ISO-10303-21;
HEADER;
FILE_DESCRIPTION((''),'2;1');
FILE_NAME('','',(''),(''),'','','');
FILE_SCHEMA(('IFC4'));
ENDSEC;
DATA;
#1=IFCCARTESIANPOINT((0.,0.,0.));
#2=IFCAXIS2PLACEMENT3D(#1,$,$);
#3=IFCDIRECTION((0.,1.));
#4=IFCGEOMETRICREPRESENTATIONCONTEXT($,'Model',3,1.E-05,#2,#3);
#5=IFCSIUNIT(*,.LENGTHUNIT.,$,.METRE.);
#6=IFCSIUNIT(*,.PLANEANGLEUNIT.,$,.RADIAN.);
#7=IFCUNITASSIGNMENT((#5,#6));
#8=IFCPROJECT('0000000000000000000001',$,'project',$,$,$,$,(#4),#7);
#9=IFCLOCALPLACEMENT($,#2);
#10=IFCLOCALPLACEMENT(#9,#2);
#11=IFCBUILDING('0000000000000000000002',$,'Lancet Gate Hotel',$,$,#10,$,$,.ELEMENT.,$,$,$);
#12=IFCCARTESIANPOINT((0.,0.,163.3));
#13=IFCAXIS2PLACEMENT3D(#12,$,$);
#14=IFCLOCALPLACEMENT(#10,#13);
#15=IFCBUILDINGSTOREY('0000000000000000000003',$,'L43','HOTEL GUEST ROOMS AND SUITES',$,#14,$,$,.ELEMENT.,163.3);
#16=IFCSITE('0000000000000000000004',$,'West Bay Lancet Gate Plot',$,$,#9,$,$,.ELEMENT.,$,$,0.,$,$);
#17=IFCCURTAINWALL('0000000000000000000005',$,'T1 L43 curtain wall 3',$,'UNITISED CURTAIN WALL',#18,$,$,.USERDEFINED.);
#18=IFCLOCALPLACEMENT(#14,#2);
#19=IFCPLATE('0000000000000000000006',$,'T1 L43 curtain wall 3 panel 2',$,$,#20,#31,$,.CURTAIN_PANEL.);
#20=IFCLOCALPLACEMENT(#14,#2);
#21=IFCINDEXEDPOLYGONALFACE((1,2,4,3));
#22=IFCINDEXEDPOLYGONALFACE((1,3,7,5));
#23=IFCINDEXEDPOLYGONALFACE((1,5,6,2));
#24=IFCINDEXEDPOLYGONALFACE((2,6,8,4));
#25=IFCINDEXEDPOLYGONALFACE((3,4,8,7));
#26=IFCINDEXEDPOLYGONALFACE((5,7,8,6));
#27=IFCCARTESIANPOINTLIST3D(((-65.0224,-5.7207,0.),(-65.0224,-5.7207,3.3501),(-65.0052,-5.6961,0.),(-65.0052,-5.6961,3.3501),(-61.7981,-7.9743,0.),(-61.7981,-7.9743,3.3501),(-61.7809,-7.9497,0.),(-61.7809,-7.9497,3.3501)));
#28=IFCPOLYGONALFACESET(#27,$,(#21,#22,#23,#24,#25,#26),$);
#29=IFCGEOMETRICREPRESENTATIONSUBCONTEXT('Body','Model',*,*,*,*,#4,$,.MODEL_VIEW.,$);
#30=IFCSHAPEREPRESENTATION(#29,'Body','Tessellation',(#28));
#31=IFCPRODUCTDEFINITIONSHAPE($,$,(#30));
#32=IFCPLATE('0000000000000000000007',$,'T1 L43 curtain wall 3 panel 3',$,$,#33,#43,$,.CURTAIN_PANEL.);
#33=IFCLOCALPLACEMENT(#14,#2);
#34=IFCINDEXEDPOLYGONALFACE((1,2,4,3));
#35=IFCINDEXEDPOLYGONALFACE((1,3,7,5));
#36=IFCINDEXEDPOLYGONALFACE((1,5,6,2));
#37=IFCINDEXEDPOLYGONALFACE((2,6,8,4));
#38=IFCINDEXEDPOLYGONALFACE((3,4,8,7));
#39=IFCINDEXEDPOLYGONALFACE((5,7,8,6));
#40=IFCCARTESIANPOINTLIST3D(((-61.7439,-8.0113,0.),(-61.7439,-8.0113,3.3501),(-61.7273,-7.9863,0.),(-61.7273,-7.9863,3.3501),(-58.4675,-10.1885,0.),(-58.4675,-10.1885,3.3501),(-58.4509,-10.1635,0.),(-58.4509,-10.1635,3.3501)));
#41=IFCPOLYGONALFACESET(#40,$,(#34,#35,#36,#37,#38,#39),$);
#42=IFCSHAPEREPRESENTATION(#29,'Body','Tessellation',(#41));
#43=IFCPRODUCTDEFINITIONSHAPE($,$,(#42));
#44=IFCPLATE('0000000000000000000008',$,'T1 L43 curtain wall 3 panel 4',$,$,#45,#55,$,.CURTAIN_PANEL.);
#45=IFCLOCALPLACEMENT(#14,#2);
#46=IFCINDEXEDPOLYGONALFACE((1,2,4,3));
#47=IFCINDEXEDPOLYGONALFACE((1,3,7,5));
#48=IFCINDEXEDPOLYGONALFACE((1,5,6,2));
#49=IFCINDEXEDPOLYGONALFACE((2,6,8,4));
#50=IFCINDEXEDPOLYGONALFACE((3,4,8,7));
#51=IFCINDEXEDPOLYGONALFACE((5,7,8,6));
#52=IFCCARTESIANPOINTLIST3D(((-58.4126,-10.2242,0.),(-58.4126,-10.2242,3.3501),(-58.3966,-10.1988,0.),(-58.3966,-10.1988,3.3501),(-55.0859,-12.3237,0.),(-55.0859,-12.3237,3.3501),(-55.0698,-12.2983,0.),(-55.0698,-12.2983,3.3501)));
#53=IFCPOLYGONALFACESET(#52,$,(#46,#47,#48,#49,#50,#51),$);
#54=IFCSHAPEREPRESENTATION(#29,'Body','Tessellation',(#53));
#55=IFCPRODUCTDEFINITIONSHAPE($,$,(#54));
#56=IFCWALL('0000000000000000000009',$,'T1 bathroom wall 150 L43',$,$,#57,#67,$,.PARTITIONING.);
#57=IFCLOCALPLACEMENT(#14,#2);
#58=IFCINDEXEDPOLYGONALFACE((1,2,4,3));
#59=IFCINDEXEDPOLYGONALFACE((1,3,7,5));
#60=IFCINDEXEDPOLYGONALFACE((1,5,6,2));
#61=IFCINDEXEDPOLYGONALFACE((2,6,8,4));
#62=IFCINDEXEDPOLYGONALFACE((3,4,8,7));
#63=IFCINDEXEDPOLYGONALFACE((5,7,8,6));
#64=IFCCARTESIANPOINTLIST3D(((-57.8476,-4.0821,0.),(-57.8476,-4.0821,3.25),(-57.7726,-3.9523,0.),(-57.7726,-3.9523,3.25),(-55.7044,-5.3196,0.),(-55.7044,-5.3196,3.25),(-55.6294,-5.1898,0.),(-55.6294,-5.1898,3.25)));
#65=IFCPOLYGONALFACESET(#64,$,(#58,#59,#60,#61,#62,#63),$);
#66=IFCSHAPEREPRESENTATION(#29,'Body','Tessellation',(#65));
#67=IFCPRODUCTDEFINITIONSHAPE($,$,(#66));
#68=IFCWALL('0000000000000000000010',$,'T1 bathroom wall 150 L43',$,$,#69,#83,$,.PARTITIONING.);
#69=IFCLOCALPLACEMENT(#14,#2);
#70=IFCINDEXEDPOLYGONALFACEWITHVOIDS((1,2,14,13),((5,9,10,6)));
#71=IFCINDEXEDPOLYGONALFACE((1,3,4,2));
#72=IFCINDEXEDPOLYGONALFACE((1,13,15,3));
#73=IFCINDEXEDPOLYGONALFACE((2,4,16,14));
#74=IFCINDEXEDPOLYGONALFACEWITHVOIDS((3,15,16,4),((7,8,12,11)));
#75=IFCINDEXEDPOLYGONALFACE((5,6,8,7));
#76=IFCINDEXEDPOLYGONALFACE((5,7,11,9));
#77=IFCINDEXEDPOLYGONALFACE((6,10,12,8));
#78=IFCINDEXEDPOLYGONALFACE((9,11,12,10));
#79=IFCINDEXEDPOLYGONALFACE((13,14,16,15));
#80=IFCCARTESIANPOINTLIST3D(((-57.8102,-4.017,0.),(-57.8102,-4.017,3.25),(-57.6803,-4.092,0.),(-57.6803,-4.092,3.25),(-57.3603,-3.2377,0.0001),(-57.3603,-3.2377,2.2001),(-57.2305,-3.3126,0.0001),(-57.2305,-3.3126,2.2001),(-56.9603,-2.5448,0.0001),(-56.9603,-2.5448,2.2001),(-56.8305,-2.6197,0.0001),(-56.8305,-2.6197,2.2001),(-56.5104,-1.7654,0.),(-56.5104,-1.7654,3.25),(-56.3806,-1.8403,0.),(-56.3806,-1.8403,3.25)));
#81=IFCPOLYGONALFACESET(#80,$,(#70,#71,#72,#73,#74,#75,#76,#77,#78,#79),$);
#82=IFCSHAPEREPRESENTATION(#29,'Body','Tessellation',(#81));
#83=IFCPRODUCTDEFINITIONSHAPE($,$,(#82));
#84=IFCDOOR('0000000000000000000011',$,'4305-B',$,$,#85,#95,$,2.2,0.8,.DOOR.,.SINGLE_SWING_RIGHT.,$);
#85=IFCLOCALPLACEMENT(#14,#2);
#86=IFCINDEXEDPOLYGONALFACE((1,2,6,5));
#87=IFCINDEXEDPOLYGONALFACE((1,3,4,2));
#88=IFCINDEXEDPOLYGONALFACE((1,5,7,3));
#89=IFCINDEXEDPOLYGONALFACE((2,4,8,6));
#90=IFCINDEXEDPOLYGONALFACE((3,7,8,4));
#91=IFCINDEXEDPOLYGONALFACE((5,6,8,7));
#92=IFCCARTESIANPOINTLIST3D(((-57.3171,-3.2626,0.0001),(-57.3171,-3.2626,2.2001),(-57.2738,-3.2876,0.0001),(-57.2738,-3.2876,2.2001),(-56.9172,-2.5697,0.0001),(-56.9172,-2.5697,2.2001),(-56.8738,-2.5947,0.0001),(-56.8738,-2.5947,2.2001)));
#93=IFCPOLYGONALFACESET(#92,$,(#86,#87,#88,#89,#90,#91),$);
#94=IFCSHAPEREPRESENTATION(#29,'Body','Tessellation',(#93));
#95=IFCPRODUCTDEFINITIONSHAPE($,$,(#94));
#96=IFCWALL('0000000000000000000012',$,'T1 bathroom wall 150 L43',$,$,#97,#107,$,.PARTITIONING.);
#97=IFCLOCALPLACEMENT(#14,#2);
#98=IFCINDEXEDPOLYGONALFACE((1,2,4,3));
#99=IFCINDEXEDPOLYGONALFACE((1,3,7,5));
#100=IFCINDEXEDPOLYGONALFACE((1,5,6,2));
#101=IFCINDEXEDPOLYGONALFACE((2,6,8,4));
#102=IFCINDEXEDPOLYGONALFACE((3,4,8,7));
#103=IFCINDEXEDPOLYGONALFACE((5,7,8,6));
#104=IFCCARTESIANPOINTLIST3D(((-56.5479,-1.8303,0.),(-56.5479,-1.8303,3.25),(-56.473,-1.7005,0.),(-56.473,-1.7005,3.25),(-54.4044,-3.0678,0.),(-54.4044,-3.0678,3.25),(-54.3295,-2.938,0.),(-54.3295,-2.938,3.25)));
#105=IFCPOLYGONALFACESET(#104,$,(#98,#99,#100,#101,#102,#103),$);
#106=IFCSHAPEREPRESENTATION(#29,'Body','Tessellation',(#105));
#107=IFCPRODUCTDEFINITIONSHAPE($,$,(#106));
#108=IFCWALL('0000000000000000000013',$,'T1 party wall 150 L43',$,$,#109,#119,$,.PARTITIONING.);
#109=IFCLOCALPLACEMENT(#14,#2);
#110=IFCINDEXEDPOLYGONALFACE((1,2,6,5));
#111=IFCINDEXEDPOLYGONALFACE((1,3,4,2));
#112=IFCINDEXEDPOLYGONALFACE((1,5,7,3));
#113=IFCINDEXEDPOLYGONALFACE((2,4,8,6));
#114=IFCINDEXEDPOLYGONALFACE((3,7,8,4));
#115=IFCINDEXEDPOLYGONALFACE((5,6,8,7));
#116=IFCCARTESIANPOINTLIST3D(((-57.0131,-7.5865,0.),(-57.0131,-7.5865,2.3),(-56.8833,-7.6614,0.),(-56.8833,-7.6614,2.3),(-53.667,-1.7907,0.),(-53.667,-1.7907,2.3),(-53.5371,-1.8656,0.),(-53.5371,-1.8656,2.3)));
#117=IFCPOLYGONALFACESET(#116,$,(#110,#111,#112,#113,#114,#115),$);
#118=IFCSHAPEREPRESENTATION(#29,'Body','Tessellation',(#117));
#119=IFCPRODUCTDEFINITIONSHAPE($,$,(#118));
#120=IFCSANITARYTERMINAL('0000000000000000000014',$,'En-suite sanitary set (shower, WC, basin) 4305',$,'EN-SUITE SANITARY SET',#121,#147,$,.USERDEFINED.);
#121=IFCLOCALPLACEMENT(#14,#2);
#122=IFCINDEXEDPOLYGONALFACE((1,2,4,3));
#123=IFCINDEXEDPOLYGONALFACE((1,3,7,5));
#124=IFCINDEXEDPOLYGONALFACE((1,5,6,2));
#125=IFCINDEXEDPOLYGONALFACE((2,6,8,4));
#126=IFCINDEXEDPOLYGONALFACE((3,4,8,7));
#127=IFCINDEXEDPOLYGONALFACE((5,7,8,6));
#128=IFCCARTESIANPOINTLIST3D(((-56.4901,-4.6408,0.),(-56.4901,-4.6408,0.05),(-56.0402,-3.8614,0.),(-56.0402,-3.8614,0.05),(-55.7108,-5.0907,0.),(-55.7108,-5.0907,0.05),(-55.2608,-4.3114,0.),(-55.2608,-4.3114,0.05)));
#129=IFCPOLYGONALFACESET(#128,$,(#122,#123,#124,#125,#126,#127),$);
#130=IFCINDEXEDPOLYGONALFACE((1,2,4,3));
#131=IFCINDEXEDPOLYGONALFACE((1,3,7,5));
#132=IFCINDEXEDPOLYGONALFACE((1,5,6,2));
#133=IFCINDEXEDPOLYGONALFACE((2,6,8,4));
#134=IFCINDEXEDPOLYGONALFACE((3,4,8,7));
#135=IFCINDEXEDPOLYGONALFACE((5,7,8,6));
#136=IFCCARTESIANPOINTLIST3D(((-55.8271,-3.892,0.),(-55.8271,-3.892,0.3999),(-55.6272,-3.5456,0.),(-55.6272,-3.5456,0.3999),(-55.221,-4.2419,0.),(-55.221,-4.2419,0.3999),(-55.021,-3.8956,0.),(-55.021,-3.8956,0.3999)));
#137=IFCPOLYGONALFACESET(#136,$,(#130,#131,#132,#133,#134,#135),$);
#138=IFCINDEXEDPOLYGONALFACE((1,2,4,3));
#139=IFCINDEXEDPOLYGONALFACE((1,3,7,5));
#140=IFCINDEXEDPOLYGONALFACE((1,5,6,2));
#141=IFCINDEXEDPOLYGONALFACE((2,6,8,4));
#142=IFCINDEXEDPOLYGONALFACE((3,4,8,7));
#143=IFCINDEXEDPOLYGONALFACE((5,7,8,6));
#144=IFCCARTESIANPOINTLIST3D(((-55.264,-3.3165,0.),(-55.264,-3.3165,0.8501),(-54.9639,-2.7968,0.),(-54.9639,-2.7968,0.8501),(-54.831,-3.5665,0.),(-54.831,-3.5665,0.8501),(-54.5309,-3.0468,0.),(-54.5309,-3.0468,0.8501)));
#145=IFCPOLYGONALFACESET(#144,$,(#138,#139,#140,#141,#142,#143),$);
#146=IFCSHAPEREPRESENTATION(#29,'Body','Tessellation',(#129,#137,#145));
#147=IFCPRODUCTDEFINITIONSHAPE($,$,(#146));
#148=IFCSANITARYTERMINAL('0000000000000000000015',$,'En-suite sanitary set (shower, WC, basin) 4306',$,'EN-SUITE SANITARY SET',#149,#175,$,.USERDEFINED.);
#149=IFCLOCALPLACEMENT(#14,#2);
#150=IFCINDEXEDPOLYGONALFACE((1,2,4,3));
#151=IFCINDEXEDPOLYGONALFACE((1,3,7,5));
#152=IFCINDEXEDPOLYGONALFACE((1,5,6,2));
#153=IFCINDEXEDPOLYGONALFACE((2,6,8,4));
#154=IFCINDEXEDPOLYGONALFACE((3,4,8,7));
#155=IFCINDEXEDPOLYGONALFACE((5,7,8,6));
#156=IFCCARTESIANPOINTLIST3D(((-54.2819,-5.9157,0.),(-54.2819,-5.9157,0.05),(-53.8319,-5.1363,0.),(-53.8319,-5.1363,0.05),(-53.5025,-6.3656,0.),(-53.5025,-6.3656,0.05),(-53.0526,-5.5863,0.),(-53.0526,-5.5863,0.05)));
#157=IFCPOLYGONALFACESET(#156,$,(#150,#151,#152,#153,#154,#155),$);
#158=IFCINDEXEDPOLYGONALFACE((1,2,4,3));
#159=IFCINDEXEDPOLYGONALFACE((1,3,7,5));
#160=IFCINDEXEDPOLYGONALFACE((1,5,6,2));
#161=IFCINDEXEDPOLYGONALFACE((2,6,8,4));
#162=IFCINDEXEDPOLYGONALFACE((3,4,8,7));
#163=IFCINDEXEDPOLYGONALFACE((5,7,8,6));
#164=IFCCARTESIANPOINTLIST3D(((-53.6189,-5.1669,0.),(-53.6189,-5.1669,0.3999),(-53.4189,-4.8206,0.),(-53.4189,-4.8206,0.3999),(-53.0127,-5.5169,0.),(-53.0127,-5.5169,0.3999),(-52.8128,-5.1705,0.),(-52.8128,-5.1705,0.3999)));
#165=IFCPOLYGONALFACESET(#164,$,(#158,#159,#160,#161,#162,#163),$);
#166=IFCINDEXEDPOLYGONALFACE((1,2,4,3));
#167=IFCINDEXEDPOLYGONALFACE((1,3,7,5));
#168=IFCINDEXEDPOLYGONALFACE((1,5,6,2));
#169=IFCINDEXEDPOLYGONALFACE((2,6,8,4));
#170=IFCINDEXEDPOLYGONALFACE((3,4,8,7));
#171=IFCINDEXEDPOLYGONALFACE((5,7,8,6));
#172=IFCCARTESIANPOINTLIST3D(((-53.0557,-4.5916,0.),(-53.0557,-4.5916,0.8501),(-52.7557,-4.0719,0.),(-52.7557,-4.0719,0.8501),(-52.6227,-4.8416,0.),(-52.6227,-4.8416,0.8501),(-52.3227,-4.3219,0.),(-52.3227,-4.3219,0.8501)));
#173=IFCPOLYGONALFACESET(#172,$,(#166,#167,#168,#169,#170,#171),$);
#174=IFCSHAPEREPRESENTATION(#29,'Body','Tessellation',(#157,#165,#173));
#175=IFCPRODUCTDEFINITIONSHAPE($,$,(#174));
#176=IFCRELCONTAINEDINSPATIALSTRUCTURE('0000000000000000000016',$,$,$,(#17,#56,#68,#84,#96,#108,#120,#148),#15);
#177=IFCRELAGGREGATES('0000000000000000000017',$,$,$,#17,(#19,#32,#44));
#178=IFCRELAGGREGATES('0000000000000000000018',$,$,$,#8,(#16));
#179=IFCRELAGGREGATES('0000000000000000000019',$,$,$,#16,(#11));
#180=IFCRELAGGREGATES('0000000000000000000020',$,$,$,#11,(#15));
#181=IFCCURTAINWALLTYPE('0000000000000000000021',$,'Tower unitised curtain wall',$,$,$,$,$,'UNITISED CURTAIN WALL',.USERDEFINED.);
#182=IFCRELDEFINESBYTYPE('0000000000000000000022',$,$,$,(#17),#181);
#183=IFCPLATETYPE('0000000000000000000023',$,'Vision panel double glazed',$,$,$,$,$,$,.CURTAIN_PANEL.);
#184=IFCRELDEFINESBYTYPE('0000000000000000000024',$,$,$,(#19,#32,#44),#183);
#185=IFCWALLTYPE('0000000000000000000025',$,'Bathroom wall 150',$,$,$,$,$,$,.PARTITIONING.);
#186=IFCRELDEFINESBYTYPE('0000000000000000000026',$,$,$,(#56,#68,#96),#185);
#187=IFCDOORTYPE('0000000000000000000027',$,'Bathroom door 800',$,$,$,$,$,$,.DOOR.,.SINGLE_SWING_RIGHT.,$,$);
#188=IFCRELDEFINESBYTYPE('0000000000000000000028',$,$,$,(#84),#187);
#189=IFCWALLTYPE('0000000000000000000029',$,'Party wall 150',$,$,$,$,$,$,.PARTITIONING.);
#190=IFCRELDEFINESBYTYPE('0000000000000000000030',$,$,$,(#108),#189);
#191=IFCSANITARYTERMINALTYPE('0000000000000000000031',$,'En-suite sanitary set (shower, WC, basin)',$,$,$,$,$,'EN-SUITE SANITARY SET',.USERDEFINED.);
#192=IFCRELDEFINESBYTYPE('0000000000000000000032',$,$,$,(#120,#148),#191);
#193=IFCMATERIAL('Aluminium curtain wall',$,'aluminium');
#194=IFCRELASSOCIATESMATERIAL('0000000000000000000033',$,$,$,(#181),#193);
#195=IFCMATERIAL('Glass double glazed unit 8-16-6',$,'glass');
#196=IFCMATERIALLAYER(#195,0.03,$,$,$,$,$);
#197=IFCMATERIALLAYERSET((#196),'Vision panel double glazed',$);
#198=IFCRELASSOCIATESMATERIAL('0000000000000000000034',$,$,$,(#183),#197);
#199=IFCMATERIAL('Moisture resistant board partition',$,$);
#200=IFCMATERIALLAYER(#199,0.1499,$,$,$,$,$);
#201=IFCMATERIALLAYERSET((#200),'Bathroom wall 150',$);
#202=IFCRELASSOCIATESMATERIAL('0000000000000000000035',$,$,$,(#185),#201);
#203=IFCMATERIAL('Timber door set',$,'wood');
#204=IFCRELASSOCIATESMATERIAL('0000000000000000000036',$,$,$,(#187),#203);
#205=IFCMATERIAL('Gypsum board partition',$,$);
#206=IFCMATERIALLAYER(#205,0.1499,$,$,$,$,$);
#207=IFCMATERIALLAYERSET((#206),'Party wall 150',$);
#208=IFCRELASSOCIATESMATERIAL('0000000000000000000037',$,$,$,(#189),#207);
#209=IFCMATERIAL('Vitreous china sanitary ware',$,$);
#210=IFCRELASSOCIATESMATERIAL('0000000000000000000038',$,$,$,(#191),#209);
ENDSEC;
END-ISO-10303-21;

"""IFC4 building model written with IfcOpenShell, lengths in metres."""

from ifc_helpers import new_model, si_unit, direction, frame, frame_2d, origin, origin_2d, place, context, subcontext, project, spatial, rectangle, extrude, material, layer, layer_set, type_object, element, fill, aggregate, save


model = new_model("IFC4")

# Units and contexts
model_context = context("Model", 3, precision=1e-05, world=origin(), true_north=direction((0.0, 1.0)))
body_context = subcontext(model_context, "Body", "Model", "MODEL_VIEW")
ifc_project = project(units=[si_unit("LENGTHUNIT", "METRE"), si_unit("PLANEANGLEUNIT", "RADIAN")], contexts=[model_context])

# Site, building, storey
site_placement = place(None, origin())
site = spatial("IfcSite", under=ifc_project, at=site_placement, Name="West Bay Lancet Gate Plot", CompositionType="ELEMENT", RefElevation=0.0)
building_placement = place(site_placement, origin())
building = spatial("IfcBuilding", under=site, at=building_placement, Name="Lancet Gate Hotel", CompositionType="ELEMENT")
storey_placement = place(building_placement, frame((0.0, 0.0, 163.3)))
storey = spatial("IfcBuildingStorey", under=building, at=storey_placement, Name="L43", Description="HOTEL GUEST ROOMS AND SUITES", CompositionType="ELEMENT", Elevation=163.3)

# Curtain wall
ifc_material_1 = material(Name="Aluminium curtain wall", Category="aluminium")
curtain_wall_type = type_object("IfcCurtainWallType", Name="Tower unitised curtain wall", ElementType="UNITISED CURTAIN WALL", PredefinedType="USERDEFINED", material=ifc_material_1)
curtain_wall_placement = place(storey_placement, origin())
curtain_wall = element("IfcCurtainWall", 1, at=curtain_wall_placement, inside=storey, type_object=curtain_wall_type, Name="T1 L43 curtain wall 3", ObjectType="UNITISED CURTAIN WALL", PredefinedType="USERDEFINED")

# Plates
ifc_material_2 = material(Name="Glass double glazed unit 8-16-6", Category="glass")
ifc_layer_1 = layer(ifc_material_2, 0.03)
ifc_layer_set_1 = layer_set([ifc_layer_1], Name="Vision panel double glazed")
plate_type = type_object("IfcPlateType", Name="Vision panel double glazed", PredefinedType="CURTAIN_PANEL", material=ifc_layer_set_1)
plate_1_placement = place(storey_placement, frame((-63.4016, -6.8352, 0.0), z_axis=(0.0, 0.0, 1.0), x_axis=(0.819631, -0.572892, 0.0)))
plate_1 = element("IfcPlate", 2, at=plate_1_placement, type_object=plate_type, Name="T1 L43 curtain wall 3 panel 2", PredefinedType="CURTAIN_PANEL", context=body_context, shape_type="SweptSolid", body=[
    extrude(rectangle(XDim=3.9338, YDim=0.03, at=origin_2d()), origin(), (0.0, 0.0, 1.0), 3.3501),
])
plate_2_placement = place(storey_placement, frame((-60.0974, -9.0874, 0.0), z_axis=(0.0, 0.0, 1.0), x_axis=(0.832879, -0.553455, 0.0)))
plate_2 = element("IfcPlate", 3, at=plate_2_placement, type_object=plate_type, Name="T1 L43 curtain wall 3 panel 3", PredefinedType="CURTAIN_PANEL", context=body_context, shape_type="SweptSolid", body=[
    extrude(rectangle(XDim=3.9338, YDim=0.03, at=origin_2d()), origin(), (0.0, 0.0, 1.0), 3.3501),
])
plate_3_placement = place(storey_placement, frame((-56.7412, -11.2612, 0.0), z_axis=(0.0, 0.0, 1.0), x_axis=(0.845667, -0.533711, 0.0)))
plate_3 = element("IfcPlate", 4, at=plate_3_placement, type_object=plate_type, Name="T1 L43 curtain wall 3 panel 4", PredefinedType="CURTAIN_PANEL", context=body_context, shape_type="SweptSolid", body=[
    extrude(rectangle(XDim=3.9338, YDim=0.03, at=origin_2d()), origin(), (0.0, 0.0, 1.0), 3.3501),
])
aggregate(curtain_wall, [plate_1, plate_2, plate_3])

# Wall
ifc_material_3 = material(Name="Moisture resistant board partition")
ifc_layer_2 = layer(ifc_material_3, 0.1499)
ifc_layer_set_2 = layer_set([ifc_layer_2], Name="Bathroom wall 150")
wall_type_1 = type_object("IfcWallType", Name="Bathroom wall 150", PredefinedType="PARTITIONING", material=ifc_layer_set_2)
wall_1_placement = place(storey_placement, frame((-55.667, -5.2546, 0.0), z_axis=(0.0, 0.0, 1.0), x_axis=(-0.866007, 0.500033, 0.0)))
element("IfcWall", 5, at=wall_1_placement, inside=storey, type_object=wall_type_1, Name="T1 bathroom wall 150 L43", PredefinedType="PARTITIONING", context=body_context, shape_type="SweptSolid", body=[
    extrude(rectangle(XDim=2.4749, YDim=0.1499, at=frame_2d((1.2373, 0.0))), origin(), (0.0, 0.0, 1.0), 3.25),
])

# Wall, opening, door
wall_2_placement = place(storey_placement, frame((-56.4456, -1.803, 0.0), z_axis=(0.0, 0.0, 1.0), x_axis=(-0.499937, -0.866062, 0.0)))
wall_2 = element("IfcWall", 6, at=wall_2_placement, inside=storey, type_object=wall_type_1, Name="T1 bathroom wall 150 L43", PredefinedType="PARTITIONING", context=body_context, shape_type="SweptSolid", body=[
    extrude(rectangle(XDim=2.5999, YDim=0.1499, at=frame_2d((1.2998, 0.0))), origin(), (0.0, 0.0, 1.0), 3.25),
])
opening_placement = place(wall_2_placement, frame((0.8999, 0.0, 0.0)))
opening = element("IfcOpeningElement", 7, at=opening_placement, cuts=wall_2, PredefinedType="OPENING", context=body_context, shape_type="SweptSolid", body=[
    extrude(rectangle(XDim=0.8, YDim=2.2, at=frame_2d((0.3999, 1.1001))), frame((0.0, 0.085, 0.0), z_axis=(0.0, -1.0, 0.0), x_axis=(1.0, 0.0, 0.0)), (0.0, 0.0, 1.0), 0.1699),
])
ifc_material_4 = material(Name="Timber door set", Category="wood")
door_type = type_object("IfcDoorType", Name="Bathroom door 800", OperationType="SINGLE_SWING_RIGHT", PredefinedType="DOOR", material=ifc_material_4)
door_placement = place(opening_placement, origin())
door = element("IfcDoor", 8, at=door_placement, inside=storey, type_object=door_type, Name="4305-B", OperationType="SINGLE_SWING_RIGHT", OverallHeight=2.2, OverallWidth=0.8, PredefinedType="DOOR", context=body_context, shape_type="SweptSolid", body=[
    extrude(rectangle(XDim=0.8, YDim=2.2, at=frame_2d((0.3999, 1.1001))), frame((0.0, 0.0249, 0.0), z_axis=(0.0, -1.0, 0.0), x_axis=(1.0, 0.0, 0.0)), (0.0, 0.0, 1.0), 0.05),
])
fill(opening, door)

# Walls
wall_3_placement = place(storey_placement, frame((-54.3669, -3.0029, 0.0), z_axis=(0.0, 0.0, 1.0), x_axis=(-0.866031, 0.49999, 0.0)))
element("IfcWall", 9, at=wall_3_placement, inside=storey, type_object=wall_type_1, Name="T1 bathroom wall 150 L43", PredefinedType="PARTITIONING", context=body_context, shape_type="SweptSolid", body=[
    extrude(rectangle(XDim=2.4751, YDim=0.1499, at=frame_2d((1.2375, 0.0))), origin(), (0.0, 0.0, 1.0), 3.25),
])
ifc_material_5 = material(Name="Gypsum board partition")
ifc_layer_3 = layer(ifc_material_5, 0.1499)
ifc_layer_set_3 = layer_set([ifc_layer_3], Name="Party wall 150")
wall_type_2 = type_object("IfcWallType", Name="Party wall 150", PredefinedType="PARTITIONING", material=ifc_layer_set_3)
wall_4_placement = place(storey_placement, frame((-53.6021, -1.8281, 0.0), z_axis=(0.0, 0.0, 1.0), x_axis=(-0.499992, -0.86603, 0.0)))
element("IfcWall", 10, at=wall_4_placement, inside=storey, type_object=wall_type_2, Name="T1 party wall 150 L43", PredefinedType="PARTITIONING", context=body_context, shape_type="SweptSolid", body=[
    extrude(rectangle(XDim=6.6924, YDim=0.1499, at=frame_2d((3.3462, 0.0))), origin(), (0.0, 0.0, 1.0), 2.3),
])

# Sanitary terminals
ifc_material_6 = material(Name="Vitreous china sanitary ware")
sanitary_terminal_type = type_object("IfcSanitaryTerminalType", Name="En-suite sanitary set (shower, WC, basin)", ElementType="EN-SUITE SANITARY SET", PredefinedType="USERDEFINED", material=ifc_material_6)
sanitary_terminal_1_placement = place(storey_placement, frame((-55.8755, -4.4761, 0.0), z_axis=(0.0, 0.0, 1.0), x_axis=(1.0, 0.0, 0.0)))
element("IfcSanitaryTerminal", 11, at=sanitary_terminal_1_placement, inside=storey, type_object=sanitary_terminal_type, Name="En-suite sanitary set (shower, WC, basin) 4305", ObjectType="EN-SUITE SANITARY SET", PredefinedType="USERDEFINED", context=body_context, shape_type="SweptSolid", body=[
    extrude(rectangle(XDim=0.8999, YDim=0.8999, at=origin_2d()), frame((0.0, 0.0, 0.0), z_axis=(0.0, 0.0, 1.0), x_axis=(-0.5, -0.866025, 0.0)), (0.0, 0.0, 1.0), 0.05),
    extrude(rectangle(XDim=0.3999, YDim=0.7, at=origin_2d()), frame((0.4514, 0.5823, 0.0), z_axis=(0.0, 0.0, 1.0), x_axis=(-0.5, -0.866025, 0.0)), (0.0, 0.0, 1.0), 0.3999),
    extrude(rectangle(XDim=0.6001, YDim=0.5, at=origin_2d()), frame((0.978, 1.2944, 0.0), z_axis=(0.0, 0.0, 1.0), x_axis=(-0.5, -0.866025, 0.0)), (0.0, 0.0, 1.0), 0.8501),
])
sanitary_terminal_2_placement = place(storey_placement, frame((-53.6672, -5.751, 0.0), z_axis=(0.0, 0.0, 1.0), x_axis=(1.0, 0.0, 0.0)))
element("IfcSanitaryTerminal", 12, at=sanitary_terminal_2_placement, inside=storey, type_object=sanitary_terminal_type, Name="En-suite sanitary set (shower, WC, basin) 4306", ObjectType="EN-SUITE SANITARY SET", PredefinedType="USERDEFINED", context=body_context, shape_type="SweptSolid", body=[
    extrude(rectangle(XDim=0.8999, YDim=0.8999, at=origin_2d()), frame((0.0, 0.0, 0.0), z_axis=(0.0, 0.0, 1.0), x_axis=(-0.5, -0.866025, 0.0)), (0.0, 0.0, 1.0), 0.05),
    extrude(rectangle(XDim=0.3999, YDim=0.7, at=origin_2d()), frame((0.4514, 0.5823, 0.0), z_axis=(0.0, 0.0, 1.0), x_axis=(-0.5, -0.866025, 0.0)), (0.0, 0.0, 1.0), 0.3999),
    extrude(rectangle(XDim=0.6001, YDim=0.5, at=origin_2d()), frame((0.978, 1.2942, 0.0), z_axis=(0.0, 0.0, 1.0), x_axis=(-0.5, -0.866025, 0.0)), (0.0, 0.0, 1.0), 0.8501),
])

save(model, "model.ifc")
